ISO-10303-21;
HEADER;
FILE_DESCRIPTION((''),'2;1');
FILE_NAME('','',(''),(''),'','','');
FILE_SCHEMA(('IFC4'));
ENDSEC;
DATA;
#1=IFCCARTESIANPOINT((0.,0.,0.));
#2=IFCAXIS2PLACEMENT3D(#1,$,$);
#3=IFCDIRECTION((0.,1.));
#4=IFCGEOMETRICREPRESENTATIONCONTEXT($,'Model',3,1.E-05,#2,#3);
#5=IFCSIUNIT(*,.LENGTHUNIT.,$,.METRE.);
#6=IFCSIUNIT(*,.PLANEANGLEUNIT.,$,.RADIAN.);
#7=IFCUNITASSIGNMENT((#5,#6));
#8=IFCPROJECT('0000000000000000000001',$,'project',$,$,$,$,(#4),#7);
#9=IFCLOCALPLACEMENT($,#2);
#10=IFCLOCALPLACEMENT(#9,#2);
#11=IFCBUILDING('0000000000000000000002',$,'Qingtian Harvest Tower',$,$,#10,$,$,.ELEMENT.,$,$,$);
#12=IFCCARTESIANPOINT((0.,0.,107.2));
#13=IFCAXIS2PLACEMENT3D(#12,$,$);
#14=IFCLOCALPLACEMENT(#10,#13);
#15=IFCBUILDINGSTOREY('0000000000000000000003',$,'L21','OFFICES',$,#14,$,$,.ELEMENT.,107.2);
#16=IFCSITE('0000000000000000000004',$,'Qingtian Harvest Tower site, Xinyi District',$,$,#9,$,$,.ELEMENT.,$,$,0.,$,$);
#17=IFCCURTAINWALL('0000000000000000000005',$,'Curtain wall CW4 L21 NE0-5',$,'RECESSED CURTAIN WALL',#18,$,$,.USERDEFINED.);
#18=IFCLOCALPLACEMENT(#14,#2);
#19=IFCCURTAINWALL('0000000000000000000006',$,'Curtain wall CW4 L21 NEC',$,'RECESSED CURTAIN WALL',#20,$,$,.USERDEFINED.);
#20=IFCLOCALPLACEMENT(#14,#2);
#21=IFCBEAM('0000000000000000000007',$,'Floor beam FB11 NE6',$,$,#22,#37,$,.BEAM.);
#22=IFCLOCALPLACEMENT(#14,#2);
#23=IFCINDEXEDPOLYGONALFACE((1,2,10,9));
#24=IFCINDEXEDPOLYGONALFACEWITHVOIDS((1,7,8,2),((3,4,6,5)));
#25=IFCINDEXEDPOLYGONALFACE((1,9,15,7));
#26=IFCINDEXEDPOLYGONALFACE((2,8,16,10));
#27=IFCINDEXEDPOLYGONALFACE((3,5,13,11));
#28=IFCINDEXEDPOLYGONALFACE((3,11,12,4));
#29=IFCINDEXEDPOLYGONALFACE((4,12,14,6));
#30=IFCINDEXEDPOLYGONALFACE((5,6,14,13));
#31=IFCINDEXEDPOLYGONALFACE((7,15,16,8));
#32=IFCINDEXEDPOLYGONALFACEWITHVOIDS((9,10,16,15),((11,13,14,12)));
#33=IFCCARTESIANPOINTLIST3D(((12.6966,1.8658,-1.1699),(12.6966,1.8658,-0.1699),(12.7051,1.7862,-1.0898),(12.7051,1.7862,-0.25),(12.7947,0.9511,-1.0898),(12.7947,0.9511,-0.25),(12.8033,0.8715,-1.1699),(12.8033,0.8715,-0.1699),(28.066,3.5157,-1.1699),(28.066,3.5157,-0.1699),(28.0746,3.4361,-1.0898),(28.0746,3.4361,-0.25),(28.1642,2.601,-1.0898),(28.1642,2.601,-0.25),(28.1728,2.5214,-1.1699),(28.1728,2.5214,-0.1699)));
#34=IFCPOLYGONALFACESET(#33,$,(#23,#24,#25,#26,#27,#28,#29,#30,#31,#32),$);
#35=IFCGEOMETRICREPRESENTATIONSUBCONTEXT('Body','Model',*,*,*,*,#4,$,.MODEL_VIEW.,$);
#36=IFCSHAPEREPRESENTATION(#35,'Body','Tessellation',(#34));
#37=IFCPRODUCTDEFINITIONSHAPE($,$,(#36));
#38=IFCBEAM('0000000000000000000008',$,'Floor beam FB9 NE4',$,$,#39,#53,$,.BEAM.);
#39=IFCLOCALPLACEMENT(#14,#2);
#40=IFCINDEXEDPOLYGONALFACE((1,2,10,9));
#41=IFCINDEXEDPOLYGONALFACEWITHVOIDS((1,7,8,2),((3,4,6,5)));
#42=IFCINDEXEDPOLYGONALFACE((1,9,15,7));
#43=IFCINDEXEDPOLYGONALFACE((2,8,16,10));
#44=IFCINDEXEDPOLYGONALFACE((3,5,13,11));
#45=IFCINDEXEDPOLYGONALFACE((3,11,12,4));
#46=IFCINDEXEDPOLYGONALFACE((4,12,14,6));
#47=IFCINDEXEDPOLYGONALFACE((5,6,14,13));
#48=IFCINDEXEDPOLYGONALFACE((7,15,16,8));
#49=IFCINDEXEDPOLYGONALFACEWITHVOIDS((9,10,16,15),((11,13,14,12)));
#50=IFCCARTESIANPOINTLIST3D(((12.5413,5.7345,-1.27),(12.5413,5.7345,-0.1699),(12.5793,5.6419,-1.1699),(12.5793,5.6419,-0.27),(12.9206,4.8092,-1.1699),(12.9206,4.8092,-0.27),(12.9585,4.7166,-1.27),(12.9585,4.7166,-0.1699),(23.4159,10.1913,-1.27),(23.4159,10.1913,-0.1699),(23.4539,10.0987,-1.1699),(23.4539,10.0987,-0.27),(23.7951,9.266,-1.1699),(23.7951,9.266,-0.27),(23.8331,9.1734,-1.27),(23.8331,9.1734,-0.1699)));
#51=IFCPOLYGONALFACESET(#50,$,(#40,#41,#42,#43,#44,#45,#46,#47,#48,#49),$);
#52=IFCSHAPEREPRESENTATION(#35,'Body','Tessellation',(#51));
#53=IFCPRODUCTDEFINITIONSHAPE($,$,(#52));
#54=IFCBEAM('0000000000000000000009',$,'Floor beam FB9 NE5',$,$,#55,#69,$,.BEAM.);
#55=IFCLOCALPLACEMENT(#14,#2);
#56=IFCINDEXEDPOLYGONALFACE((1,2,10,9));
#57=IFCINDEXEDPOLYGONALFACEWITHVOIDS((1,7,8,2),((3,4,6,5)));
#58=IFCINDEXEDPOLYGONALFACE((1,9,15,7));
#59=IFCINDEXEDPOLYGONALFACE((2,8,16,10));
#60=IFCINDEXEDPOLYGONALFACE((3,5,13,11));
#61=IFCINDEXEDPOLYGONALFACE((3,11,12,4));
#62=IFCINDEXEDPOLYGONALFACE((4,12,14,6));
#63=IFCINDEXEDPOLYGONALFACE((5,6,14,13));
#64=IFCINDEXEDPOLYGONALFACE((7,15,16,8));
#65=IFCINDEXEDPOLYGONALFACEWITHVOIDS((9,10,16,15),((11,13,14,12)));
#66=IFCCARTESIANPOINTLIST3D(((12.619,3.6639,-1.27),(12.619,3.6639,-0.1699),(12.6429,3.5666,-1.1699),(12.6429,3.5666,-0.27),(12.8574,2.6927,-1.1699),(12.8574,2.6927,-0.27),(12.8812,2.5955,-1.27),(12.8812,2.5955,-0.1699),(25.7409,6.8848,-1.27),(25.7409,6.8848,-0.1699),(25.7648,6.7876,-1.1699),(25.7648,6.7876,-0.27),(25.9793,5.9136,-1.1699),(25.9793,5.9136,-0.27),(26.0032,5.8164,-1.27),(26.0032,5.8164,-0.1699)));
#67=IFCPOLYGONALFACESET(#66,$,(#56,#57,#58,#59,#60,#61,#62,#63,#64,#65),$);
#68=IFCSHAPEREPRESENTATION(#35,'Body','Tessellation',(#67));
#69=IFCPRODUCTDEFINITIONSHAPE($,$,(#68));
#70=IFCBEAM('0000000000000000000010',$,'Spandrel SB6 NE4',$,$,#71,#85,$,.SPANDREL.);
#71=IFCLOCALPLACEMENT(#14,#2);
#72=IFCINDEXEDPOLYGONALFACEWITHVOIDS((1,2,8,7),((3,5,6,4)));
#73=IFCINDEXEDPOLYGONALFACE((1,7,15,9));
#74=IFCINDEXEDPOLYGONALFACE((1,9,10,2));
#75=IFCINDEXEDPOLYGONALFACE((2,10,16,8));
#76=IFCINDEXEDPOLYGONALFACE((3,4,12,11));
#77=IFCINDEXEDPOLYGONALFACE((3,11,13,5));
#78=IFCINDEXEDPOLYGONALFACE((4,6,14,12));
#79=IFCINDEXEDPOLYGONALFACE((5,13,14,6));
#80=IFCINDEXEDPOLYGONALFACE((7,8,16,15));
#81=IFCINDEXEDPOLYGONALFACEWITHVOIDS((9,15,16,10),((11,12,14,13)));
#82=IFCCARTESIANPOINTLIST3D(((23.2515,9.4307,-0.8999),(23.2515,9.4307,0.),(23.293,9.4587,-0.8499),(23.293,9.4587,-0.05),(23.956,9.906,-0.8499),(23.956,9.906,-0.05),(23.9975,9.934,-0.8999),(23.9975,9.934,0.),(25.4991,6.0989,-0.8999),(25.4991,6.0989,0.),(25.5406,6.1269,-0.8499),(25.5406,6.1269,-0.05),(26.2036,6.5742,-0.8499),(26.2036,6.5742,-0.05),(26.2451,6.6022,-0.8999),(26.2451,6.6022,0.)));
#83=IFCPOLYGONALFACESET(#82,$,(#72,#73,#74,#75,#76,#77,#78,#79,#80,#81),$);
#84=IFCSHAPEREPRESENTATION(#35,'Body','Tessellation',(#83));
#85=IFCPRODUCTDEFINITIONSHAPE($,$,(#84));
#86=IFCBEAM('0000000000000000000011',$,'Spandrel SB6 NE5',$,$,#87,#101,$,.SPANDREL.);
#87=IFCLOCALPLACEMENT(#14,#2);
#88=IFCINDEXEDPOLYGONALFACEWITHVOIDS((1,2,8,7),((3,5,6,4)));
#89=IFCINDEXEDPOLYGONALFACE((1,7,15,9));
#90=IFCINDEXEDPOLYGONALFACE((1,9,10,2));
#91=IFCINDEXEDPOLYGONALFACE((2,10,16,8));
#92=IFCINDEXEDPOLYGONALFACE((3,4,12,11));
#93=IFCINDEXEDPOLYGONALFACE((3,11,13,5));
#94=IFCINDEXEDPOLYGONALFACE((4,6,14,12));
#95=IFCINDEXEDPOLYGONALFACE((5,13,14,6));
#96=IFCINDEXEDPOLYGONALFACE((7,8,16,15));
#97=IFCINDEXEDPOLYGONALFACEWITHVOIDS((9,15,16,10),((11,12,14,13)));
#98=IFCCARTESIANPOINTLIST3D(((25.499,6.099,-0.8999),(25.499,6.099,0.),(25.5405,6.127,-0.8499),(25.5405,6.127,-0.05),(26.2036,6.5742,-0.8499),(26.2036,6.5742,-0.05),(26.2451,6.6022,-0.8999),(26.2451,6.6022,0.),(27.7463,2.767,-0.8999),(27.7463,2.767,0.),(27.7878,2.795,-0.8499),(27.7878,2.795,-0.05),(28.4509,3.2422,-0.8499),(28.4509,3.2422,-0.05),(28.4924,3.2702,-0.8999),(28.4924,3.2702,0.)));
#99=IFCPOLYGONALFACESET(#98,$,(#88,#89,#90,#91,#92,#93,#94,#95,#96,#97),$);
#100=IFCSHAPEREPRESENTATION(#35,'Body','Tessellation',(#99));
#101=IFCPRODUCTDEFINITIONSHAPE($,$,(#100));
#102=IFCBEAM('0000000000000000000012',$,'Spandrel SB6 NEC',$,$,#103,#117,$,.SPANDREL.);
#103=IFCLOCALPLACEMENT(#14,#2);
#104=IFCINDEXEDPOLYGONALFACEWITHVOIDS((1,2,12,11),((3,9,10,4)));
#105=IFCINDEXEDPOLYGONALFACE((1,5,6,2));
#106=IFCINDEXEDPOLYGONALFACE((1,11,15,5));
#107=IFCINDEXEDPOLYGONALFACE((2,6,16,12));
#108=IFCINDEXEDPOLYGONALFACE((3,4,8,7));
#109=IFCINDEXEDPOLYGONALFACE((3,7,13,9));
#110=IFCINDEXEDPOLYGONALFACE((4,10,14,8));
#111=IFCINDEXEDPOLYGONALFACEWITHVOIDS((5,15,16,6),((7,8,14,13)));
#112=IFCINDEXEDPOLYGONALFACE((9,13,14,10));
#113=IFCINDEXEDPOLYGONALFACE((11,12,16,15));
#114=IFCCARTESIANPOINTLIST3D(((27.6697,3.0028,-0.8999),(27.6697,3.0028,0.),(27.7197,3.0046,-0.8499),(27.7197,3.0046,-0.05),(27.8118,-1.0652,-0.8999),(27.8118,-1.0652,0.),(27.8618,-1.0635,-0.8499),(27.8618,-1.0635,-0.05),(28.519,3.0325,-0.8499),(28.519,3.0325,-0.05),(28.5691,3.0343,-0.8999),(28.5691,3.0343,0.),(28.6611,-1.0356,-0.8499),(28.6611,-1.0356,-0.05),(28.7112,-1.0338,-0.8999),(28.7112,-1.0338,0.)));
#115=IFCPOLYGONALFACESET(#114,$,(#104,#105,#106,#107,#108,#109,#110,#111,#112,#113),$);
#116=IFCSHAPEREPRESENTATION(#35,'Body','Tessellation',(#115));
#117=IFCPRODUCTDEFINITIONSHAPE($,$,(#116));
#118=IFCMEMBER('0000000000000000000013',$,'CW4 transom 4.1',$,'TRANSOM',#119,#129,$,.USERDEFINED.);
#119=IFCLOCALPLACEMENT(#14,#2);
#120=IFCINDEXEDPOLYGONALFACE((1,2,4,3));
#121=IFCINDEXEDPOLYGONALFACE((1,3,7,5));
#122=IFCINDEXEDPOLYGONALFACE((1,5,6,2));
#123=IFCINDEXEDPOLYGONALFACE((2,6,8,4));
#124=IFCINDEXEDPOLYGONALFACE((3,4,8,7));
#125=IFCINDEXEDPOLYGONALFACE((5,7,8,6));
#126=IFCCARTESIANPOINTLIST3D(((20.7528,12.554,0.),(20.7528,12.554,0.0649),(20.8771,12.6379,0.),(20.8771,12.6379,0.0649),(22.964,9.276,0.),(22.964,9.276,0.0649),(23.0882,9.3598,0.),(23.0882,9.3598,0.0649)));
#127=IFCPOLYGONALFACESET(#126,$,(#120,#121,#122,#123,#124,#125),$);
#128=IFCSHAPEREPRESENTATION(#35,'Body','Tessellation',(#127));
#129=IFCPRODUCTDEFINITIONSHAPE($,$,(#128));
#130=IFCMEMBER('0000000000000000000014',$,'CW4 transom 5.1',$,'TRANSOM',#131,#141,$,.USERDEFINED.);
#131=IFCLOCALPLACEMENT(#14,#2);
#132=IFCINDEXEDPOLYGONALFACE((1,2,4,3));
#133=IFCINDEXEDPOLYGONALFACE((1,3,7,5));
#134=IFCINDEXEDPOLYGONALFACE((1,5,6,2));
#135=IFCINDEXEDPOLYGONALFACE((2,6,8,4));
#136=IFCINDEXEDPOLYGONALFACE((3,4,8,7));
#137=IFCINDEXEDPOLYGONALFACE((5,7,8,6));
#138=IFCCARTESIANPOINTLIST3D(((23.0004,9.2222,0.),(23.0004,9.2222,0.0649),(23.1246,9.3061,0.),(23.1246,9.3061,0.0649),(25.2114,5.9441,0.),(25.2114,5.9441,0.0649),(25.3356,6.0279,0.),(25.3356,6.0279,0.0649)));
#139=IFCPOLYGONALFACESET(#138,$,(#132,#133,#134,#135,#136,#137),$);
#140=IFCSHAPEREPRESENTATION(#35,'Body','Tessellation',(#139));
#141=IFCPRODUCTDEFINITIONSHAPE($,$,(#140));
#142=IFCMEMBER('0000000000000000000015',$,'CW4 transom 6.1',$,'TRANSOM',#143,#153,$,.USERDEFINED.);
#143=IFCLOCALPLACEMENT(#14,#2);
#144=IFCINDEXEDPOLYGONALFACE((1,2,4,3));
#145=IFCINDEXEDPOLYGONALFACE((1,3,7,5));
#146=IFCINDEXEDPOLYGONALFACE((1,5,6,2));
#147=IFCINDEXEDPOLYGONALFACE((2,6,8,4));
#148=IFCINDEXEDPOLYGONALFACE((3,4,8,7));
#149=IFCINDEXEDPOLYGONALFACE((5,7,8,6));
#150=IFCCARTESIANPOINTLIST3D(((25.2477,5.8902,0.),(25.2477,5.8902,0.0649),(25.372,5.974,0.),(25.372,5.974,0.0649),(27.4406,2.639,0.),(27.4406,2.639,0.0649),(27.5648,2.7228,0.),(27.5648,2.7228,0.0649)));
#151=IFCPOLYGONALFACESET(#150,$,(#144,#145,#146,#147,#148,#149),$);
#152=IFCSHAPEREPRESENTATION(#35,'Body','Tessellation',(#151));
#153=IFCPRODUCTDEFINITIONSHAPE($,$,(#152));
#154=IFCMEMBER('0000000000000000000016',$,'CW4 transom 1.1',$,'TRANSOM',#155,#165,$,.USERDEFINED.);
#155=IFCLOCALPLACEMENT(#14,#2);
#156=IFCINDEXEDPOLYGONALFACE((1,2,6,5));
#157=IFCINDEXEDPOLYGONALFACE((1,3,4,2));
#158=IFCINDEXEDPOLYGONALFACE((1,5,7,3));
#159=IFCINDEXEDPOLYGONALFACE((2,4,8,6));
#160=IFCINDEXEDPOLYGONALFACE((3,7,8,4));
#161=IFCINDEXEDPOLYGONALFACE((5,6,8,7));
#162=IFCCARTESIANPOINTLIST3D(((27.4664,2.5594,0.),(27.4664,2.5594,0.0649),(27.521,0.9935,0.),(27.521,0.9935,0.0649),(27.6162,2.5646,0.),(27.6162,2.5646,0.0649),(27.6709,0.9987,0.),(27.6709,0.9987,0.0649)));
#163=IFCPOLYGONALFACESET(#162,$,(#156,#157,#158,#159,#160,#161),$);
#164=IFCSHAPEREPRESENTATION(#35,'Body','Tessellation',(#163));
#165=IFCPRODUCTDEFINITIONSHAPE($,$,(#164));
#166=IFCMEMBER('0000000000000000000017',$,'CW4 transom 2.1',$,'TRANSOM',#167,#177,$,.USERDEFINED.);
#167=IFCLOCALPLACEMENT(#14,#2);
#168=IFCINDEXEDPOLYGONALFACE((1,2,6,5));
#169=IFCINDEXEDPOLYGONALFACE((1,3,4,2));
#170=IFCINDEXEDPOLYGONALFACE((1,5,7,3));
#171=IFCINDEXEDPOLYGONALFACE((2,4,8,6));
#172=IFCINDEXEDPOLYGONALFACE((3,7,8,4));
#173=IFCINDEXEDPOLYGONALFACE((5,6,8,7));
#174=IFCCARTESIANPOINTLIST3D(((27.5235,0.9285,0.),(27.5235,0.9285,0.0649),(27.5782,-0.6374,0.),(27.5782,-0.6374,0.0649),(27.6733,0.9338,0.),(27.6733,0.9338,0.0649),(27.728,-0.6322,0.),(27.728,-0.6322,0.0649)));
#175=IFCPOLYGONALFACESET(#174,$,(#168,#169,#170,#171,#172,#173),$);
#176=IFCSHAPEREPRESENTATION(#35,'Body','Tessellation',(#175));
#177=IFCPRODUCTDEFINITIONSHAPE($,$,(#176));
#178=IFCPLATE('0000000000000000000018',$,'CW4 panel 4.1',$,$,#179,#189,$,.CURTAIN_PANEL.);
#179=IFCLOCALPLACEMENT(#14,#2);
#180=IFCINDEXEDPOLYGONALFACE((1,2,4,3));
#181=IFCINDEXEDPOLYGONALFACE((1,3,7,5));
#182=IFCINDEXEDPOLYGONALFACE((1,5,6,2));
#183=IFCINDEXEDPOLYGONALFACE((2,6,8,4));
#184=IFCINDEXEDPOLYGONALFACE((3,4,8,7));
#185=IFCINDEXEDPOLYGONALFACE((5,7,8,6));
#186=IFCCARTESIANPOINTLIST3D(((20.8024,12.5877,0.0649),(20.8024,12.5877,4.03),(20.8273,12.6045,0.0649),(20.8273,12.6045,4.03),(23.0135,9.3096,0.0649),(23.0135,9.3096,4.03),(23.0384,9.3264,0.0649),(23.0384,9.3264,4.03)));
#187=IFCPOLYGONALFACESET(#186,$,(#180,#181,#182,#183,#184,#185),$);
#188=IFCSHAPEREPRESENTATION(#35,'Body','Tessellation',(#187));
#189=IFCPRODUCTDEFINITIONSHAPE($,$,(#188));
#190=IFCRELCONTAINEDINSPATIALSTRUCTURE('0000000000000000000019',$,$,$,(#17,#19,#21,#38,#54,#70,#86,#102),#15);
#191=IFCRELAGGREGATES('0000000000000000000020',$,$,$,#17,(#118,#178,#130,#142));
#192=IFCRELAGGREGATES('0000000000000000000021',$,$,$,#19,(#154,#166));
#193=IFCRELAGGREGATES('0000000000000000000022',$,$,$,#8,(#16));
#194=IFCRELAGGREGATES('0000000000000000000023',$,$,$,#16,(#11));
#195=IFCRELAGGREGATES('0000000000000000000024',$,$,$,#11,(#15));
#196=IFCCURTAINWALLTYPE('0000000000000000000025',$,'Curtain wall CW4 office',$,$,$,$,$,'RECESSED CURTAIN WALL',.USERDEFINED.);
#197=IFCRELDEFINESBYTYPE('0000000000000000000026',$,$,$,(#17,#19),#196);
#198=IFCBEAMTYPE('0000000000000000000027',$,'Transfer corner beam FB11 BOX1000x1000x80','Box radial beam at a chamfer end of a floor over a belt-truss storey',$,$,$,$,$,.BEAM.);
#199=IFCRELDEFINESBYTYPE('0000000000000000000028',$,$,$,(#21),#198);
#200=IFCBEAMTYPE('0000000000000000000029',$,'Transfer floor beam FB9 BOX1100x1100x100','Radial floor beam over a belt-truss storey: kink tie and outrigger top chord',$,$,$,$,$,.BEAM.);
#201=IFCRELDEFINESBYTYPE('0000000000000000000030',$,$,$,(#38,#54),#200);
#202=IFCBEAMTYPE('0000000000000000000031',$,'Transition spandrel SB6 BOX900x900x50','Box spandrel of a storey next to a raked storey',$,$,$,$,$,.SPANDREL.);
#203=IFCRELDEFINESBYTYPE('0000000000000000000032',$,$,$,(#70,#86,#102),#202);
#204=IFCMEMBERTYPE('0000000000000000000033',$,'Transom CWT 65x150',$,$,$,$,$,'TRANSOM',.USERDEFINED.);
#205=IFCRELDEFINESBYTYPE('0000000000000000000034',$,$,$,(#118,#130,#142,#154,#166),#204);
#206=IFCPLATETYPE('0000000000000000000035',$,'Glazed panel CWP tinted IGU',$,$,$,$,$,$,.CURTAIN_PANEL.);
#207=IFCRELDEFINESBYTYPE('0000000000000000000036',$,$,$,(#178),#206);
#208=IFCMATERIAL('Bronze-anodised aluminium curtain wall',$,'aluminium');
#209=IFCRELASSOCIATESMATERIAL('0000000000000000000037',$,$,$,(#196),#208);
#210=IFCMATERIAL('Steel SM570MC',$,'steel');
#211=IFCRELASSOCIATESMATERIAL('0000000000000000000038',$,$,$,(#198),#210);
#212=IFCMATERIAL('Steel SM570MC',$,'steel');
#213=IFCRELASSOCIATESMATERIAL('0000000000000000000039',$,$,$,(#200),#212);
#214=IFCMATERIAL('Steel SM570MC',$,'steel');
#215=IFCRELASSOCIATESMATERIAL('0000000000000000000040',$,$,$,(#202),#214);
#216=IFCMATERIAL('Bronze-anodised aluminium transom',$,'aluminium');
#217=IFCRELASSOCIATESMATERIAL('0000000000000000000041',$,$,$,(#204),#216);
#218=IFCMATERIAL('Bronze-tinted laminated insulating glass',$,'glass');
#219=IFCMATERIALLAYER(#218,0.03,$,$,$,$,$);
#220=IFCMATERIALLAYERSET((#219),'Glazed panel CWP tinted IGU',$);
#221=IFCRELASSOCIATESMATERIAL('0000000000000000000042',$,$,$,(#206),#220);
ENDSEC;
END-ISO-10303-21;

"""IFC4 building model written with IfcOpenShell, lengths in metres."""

from ifc_helpers import new_model, si_unit, direction, frame, origin, origin_2d, place, context, subcontext, project, spatial, rectangle, hollow_rectangle, extrude, material, layer, layer_set, material_profile, profile_set, type_object, element, aggregate, save


model = new_model("IFC4")

# Units and contexts
model_context = context("Model", 3, precision=1e-05, world=origin(), true_north=direction((0.0, 1.0)))
body_context = subcontext(model_context, "Body", "Model", "MODEL_VIEW")
ifc_project = project(units=[si_unit("LENGTHUNIT", "METRE"), si_unit("PLANEANGLEUNIT", "RADIAN")], contexts=[model_context])

# Site, building, storey
site_placement = place(None, origin())
site = spatial("IfcSite", under=ifc_project, at=site_placement, Name="Qingtian Harvest Tower site, Xinyi District", CompositionType="ELEMENT", RefElevation=0.0)
building_placement = place(site_placement, origin())
building = spatial("IfcBuilding", under=site, at=building_placement, Name="Qingtian Harvest Tower", CompositionType="ELEMENT")
storey_placement = place(building_placement, frame((0.0, 0.0, 107.2)))
storey = spatial("IfcBuildingStorey", under=building, at=storey_placement, Name="L21", Description="OFFICES", CompositionType="ELEMENT", Elevation=107.2)

# Curtain walls
ifc_material_1 = material(Name="Bronze-anodised aluminium curtain wall", Category="aluminium")
curtain_wall_type = type_object("IfcCurtainWallType", Name="Curtain wall CW4 office", ElementType="RECESSED CURTAIN WALL", PredefinedType="USERDEFINED", material=ifc_material_1)
curtain_wall_1_placement = place(storey_placement, origin())
curtain_wall_1 = element("IfcCurtainWall", 1, at=curtain_wall_1_placement, inside=storey, type_object=curtain_wall_type, Name="Curtain wall CW4 L21 NE0-5", ObjectType="RECESSED CURTAIN WALL", PredefinedType="USERDEFINED")
curtain_wall_2_placement = place(storey_placement, origin())
curtain_wall_2 = element("IfcCurtainWall", 2, at=curtain_wall_2_placement, inside=storey, type_object=curtain_wall_type, Name="Curtain wall CW4 L21 NEC", ObjectType="RECESSED CURTAIN WALL", PredefinedType="USERDEFINED")

# Beams
ifc_material_2 = material(Name="Steel SM570MC", Category="steel")
ifc_material_profile_1 = material_profile(ifc_material_2, hollow_rectangle(XDim=1.0, YDim=1.0, WallThickness=0.0801, at=origin_2d()), Name="BOX1000x1000x80")
ifc_profile_set_1 = profile_set([ifc_material_profile_1], Name="Steel SM570MC")
beam_type_1 = type_object("IfcBeamType", Name="Transfer corner beam FB11 BOX1000x1000x80", Description="Box radial beam at a chamfer end of a floor over a belt-truss storey", PredefinedType="BEAM", material=ifc_profile_set_1)
beam_1_placement = place(storey_placement, frame((28.1194, 3.0186, -0.6699), z_axis=(-0.994287, -0.106737, 0.0), x_axis=(0.106737, -0.994287, 0.0)))
element("IfcBeam", 3, at=beam_1_placement, inside=storey, type_object=beam_type_1, Name="Floor beam FB11 NE6", PredefinedType="BEAM", context=body_context, shape_type="SweptSolid", body=[
    extrude(hollow_rectangle(XDim=1.0, YDim=1.0, WallThickness=0.0801, at=origin_2d()), origin(), (0.0, 0.0, 1.0), 15.4578),
])
ifc_material_3 = material(Name="Steel SM570MC", Category="steel")
ifc_material_profile_2 = material_profile(ifc_material_3, hollow_rectangle(XDim=1.1001, YDim=1.1001, WallThickness=0.1001, at=origin_2d()), Name="BOX1100x1100x100")
ifc_profile_set_2 = profile_set([ifc_material_profile_2], Name="Steel SM570MC")
beam_type_2 = type_object("IfcBeamType", Name="Transfer floor beam FB9 BOX1100x1100x100", Description="Radial floor beam over a belt-truss storey: kink tie and outrigger top chord", PredefinedType="BEAM", material=ifc_profile_set_2)
beam_2_placement = place(storey_placement, frame((23.6245, 9.6824, -0.72), z_axis=(-0.925305, -0.379225, 0.0), x_axis=(0.379225, -0.925305, 0.0)))
element("IfcBeam", 4, at=beam_2_placement, inside=storey, type_object=beam_type_2, Name="Floor beam FB9 NE4", PredefinedType="BEAM", context=body_context, shape_type="SweptSolid", body=[
    extrude(hollow_rectangle(XDim=1.1001, YDim=1.1001, WallThickness=0.1001, at=origin_2d()), origin(), (0.0, 0.0, 1.0), 11.7524),
])
beam_3_placement = place(storey_placement, frame((25.8721, 6.3506, -0.72), z_axis=(-0.971171, -0.238384, 0.0), x_axis=(0.238384, -0.971171, 0.0)))
element("IfcBeam", 5, at=beam_3_placement, inside=storey, type_object=beam_type_2, Name="Floor beam FB9 NE5", PredefinedType="BEAM", context=body_context, shape_type="SweptSolid", body=[
    extrude(hollow_rectangle(XDim=1.1001, YDim=1.1001, WallThickness=0.1001, at=origin_2d()), origin(), (0.0, 0.0, 1.0), 13.5115),
])
ifc_material_4 = material(Name="Steel SM570MC", Category="steel")
ifc_material_profile_3 = material_profile(ifc_material_4, hollow_rectangle(XDim=0.8999, YDim=0.8999, WallThickness=0.05, at=origin_2d()), Name="BOX900x900x50")
ifc_profile_set_3 = profile_set([ifc_material_profile_3], Name="Steel SM570MC")
beam_type_3 = type_object("IfcBeamType", Name="Transition spandrel SB6 BOX900x900x50", Description="Box spandrel of a storey next to a raked storey", PredefinedType="SPANDREL", material=ifc_profile_set_3)
for number, where, z_axis, x_axis, name in (
    (6, (23.6245, 9.6824, -0.45), (0.559234, -0.82901, 0.0), (0.82901, 0.559234, 0.0), "Spandrel SB6 NE4"),
    (7, (25.8721, 6.3506, -0.45), (0.559164, -0.829057, 0.0), (0.829057, 0.559164, 0.0), "Spandrel SB6 NE5"),
):
    element("IfcBeam", number, at=place(storey_placement, frame(where, z_axis=z_axis, x_axis=x_axis)), inside=storey, type_object=beam_type_3, Name=name, PredefinedType="SPANDREL", context=body_context, shape_type="SweptSolid", body=[
        extrude(hollow_rectangle(XDim=0.8999, YDim=0.8999, WallThickness=0.05, at=origin_2d()), origin(), (0.0, 0.0, 1.0), 4.019),
    ])
beam_4_placement = place(storey_placement, frame((28.1194, 3.0186, -0.45), z_axis=(0.034906, -0.999391, 0.0), x_axis=(0.999391, 0.034906, 0.0)))
element("IfcBeam", 8, at=beam_4_placement, inside=storey, type_object=beam_type_3, Name="Spandrel SB6 NEC", PredefinedType="SPANDREL", context=body_context, shape_type="SweptSolid", body=[
    extrude(hollow_rectangle(XDim=0.8999, YDim=0.8999, WallThickness=0.05, at=origin_2d()), origin(), (0.0, 0.0, 1.0), 4.0706),
])

# Members
ifc_material_5 = material(Name="Bronze-anodised aluminium transom", Category="aluminium")
ifc_material_profile_4 = material_profile(ifc_material_5, rectangle(XDim=0.1499, YDim=0.0649, at=origin_2d()), Name="AL 65x150")
ifc_profile_set_4 = profile_set([ifc_material_profile_4], Name="Bronze-anodised aluminium transom")
member_type_1 = type_object("IfcMemberType", Name="Transom CWT 65x150", ElementType="TRANSOM", PredefinedType="USERDEFINED", material=ifc_profile_set_4)
member_1_placement = place(storey_placement, frame((20.8149, 12.5959, 0.0325), z_axis=(0.559209, -0.829027, 0.0), x_axis=(0.829027, 0.559209, 0.0)))
member_1 = element("IfcMember", 9, at=member_1_placement, type_object=member_type_1, Name="CW4 transom 4.1", ObjectType="TRANSOM", PredefinedType="USERDEFINED", context=body_context, shape_type="SweptSolid", body=[
    extrude(rectangle(XDim=0.1499, YDim=0.0649, at=origin_2d()), origin(), (0.0, 0.0, 1.0), 3.9541),
])
member_2_placement = place(storey_placement, frame((23.0625, 9.2642, 0.0325), z_axis=(0.559166, -0.829055, 0.0), x_axis=(0.829055, 0.559166, 0.0)))
member_2 = element("IfcMember", 10, at=member_2_placement, type_object=member_type_1, Name="CW4 transom 5.1", ObjectType="TRANSOM", PredefinedType="USERDEFINED", context=body_context, shape_type="SweptSolid", body=[
    extrude(rectangle(XDim=0.1499, YDim=0.0649, at=origin_2d()), origin(), (0.0, 0.0, 1.0), 3.9541),
])
member_3_placement = place(storey_placement, frame((25.3098, 5.9321, 0.0325), z_axis=(0.559175, -0.82905, 0.0), x_axis=(0.82905, 0.559175, 0.0)))
member_3 = element("IfcMember", 11, at=member_3_placement, type_object=member_type_1, Name="CW4 transom 6.1", ObjectType="TRANSOM", PredefinedType="USERDEFINED", context=body_context, shape_type="SweptSolid", body=[
    extrude(rectangle(XDim=0.1499, YDim=0.0649, at=origin_2d()), origin(), (0.0, 0.0, 1.0), 3.9216),
])
member_4_placement = place(storey_placement, frame((27.5413, 2.562, 0.0325), z_axis=(0.034902, -0.999391, 0.0), x_axis=(0.999391, 0.034902, 0.0)))
member_4 = element("IfcMember", 12, at=member_4_placement, type_object=member_type_1, Name="CW4 transom 1.1", ObjectType="TRANSOM", PredefinedType="USERDEFINED", context=body_context, shape_type="SweptSolid", body=[
    extrude(rectangle(XDim=0.1499, YDim=0.0649, at=origin_2d()), origin(), (0.0, 0.0, 1.0), 1.5669),
])
member_5_placement = place(storey_placement, frame((27.5984, 0.9312, 0.0325), z_axis=(0.034902, -0.999391, 0.0), x_axis=(0.999391, 0.034902, 0.0)))
member_5 = element("IfcMember", 13, at=member_5_placement, type_object=member_type_1, Name="CW4 transom 2.1", ObjectType="TRANSOM", PredefinedType="USERDEFINED", context=body_context, shape_type="SweptSolid", body=[
    extrude(rectangle(XDim=0.1499, YDim=0.0649, at=origin_2d()), origin(), (0.0, 0.0, 1.0), 1.5669),
])

# Plate
ifc_material_6 = material(Name="Bronze-tinted laminated insulating glass", Category="glass")
ifc_layer_1 = layer(ifc_material_6, 0.03)
ifc_layer_set_1 = layer_set([ifc_layer_1], Name="Glazed panel CWP tinted IGU")
plate_type = type_object("IfcPlateType", Name="Glazed panel CWP tinted IGU", PredefinedType="CURTAIN_PANEL", material=ifc_layer_set_1)
plate_1_placement = place(storey_placement, frame((21.9204, 10.957, 0.0649), z_axis=(0.0, 0.0, 1.0), x_axis=(0.559193, -0.829038, 0.0)))
plate_1 = element("IfcPlate", 14, at=plate_1_placement, type_object=plate_type, Name="CW4 panel 4.1", PredefinedType="CURTAIN_PANEL", context=body_context, shape_type="SweptSolid", body=[
    extrude(rectangle(XDim=3.9541, YDim=0.03, at=origin_2d()), origin(), (0.0, 0.0, 1.0), 3.9651),
])
aggregate(curtain_wall_1, [member_1, plate_1, member_2, member_3])
aggregate(curtain_wall_2, [member_4, member_5])

save(model, "model.ifc")
